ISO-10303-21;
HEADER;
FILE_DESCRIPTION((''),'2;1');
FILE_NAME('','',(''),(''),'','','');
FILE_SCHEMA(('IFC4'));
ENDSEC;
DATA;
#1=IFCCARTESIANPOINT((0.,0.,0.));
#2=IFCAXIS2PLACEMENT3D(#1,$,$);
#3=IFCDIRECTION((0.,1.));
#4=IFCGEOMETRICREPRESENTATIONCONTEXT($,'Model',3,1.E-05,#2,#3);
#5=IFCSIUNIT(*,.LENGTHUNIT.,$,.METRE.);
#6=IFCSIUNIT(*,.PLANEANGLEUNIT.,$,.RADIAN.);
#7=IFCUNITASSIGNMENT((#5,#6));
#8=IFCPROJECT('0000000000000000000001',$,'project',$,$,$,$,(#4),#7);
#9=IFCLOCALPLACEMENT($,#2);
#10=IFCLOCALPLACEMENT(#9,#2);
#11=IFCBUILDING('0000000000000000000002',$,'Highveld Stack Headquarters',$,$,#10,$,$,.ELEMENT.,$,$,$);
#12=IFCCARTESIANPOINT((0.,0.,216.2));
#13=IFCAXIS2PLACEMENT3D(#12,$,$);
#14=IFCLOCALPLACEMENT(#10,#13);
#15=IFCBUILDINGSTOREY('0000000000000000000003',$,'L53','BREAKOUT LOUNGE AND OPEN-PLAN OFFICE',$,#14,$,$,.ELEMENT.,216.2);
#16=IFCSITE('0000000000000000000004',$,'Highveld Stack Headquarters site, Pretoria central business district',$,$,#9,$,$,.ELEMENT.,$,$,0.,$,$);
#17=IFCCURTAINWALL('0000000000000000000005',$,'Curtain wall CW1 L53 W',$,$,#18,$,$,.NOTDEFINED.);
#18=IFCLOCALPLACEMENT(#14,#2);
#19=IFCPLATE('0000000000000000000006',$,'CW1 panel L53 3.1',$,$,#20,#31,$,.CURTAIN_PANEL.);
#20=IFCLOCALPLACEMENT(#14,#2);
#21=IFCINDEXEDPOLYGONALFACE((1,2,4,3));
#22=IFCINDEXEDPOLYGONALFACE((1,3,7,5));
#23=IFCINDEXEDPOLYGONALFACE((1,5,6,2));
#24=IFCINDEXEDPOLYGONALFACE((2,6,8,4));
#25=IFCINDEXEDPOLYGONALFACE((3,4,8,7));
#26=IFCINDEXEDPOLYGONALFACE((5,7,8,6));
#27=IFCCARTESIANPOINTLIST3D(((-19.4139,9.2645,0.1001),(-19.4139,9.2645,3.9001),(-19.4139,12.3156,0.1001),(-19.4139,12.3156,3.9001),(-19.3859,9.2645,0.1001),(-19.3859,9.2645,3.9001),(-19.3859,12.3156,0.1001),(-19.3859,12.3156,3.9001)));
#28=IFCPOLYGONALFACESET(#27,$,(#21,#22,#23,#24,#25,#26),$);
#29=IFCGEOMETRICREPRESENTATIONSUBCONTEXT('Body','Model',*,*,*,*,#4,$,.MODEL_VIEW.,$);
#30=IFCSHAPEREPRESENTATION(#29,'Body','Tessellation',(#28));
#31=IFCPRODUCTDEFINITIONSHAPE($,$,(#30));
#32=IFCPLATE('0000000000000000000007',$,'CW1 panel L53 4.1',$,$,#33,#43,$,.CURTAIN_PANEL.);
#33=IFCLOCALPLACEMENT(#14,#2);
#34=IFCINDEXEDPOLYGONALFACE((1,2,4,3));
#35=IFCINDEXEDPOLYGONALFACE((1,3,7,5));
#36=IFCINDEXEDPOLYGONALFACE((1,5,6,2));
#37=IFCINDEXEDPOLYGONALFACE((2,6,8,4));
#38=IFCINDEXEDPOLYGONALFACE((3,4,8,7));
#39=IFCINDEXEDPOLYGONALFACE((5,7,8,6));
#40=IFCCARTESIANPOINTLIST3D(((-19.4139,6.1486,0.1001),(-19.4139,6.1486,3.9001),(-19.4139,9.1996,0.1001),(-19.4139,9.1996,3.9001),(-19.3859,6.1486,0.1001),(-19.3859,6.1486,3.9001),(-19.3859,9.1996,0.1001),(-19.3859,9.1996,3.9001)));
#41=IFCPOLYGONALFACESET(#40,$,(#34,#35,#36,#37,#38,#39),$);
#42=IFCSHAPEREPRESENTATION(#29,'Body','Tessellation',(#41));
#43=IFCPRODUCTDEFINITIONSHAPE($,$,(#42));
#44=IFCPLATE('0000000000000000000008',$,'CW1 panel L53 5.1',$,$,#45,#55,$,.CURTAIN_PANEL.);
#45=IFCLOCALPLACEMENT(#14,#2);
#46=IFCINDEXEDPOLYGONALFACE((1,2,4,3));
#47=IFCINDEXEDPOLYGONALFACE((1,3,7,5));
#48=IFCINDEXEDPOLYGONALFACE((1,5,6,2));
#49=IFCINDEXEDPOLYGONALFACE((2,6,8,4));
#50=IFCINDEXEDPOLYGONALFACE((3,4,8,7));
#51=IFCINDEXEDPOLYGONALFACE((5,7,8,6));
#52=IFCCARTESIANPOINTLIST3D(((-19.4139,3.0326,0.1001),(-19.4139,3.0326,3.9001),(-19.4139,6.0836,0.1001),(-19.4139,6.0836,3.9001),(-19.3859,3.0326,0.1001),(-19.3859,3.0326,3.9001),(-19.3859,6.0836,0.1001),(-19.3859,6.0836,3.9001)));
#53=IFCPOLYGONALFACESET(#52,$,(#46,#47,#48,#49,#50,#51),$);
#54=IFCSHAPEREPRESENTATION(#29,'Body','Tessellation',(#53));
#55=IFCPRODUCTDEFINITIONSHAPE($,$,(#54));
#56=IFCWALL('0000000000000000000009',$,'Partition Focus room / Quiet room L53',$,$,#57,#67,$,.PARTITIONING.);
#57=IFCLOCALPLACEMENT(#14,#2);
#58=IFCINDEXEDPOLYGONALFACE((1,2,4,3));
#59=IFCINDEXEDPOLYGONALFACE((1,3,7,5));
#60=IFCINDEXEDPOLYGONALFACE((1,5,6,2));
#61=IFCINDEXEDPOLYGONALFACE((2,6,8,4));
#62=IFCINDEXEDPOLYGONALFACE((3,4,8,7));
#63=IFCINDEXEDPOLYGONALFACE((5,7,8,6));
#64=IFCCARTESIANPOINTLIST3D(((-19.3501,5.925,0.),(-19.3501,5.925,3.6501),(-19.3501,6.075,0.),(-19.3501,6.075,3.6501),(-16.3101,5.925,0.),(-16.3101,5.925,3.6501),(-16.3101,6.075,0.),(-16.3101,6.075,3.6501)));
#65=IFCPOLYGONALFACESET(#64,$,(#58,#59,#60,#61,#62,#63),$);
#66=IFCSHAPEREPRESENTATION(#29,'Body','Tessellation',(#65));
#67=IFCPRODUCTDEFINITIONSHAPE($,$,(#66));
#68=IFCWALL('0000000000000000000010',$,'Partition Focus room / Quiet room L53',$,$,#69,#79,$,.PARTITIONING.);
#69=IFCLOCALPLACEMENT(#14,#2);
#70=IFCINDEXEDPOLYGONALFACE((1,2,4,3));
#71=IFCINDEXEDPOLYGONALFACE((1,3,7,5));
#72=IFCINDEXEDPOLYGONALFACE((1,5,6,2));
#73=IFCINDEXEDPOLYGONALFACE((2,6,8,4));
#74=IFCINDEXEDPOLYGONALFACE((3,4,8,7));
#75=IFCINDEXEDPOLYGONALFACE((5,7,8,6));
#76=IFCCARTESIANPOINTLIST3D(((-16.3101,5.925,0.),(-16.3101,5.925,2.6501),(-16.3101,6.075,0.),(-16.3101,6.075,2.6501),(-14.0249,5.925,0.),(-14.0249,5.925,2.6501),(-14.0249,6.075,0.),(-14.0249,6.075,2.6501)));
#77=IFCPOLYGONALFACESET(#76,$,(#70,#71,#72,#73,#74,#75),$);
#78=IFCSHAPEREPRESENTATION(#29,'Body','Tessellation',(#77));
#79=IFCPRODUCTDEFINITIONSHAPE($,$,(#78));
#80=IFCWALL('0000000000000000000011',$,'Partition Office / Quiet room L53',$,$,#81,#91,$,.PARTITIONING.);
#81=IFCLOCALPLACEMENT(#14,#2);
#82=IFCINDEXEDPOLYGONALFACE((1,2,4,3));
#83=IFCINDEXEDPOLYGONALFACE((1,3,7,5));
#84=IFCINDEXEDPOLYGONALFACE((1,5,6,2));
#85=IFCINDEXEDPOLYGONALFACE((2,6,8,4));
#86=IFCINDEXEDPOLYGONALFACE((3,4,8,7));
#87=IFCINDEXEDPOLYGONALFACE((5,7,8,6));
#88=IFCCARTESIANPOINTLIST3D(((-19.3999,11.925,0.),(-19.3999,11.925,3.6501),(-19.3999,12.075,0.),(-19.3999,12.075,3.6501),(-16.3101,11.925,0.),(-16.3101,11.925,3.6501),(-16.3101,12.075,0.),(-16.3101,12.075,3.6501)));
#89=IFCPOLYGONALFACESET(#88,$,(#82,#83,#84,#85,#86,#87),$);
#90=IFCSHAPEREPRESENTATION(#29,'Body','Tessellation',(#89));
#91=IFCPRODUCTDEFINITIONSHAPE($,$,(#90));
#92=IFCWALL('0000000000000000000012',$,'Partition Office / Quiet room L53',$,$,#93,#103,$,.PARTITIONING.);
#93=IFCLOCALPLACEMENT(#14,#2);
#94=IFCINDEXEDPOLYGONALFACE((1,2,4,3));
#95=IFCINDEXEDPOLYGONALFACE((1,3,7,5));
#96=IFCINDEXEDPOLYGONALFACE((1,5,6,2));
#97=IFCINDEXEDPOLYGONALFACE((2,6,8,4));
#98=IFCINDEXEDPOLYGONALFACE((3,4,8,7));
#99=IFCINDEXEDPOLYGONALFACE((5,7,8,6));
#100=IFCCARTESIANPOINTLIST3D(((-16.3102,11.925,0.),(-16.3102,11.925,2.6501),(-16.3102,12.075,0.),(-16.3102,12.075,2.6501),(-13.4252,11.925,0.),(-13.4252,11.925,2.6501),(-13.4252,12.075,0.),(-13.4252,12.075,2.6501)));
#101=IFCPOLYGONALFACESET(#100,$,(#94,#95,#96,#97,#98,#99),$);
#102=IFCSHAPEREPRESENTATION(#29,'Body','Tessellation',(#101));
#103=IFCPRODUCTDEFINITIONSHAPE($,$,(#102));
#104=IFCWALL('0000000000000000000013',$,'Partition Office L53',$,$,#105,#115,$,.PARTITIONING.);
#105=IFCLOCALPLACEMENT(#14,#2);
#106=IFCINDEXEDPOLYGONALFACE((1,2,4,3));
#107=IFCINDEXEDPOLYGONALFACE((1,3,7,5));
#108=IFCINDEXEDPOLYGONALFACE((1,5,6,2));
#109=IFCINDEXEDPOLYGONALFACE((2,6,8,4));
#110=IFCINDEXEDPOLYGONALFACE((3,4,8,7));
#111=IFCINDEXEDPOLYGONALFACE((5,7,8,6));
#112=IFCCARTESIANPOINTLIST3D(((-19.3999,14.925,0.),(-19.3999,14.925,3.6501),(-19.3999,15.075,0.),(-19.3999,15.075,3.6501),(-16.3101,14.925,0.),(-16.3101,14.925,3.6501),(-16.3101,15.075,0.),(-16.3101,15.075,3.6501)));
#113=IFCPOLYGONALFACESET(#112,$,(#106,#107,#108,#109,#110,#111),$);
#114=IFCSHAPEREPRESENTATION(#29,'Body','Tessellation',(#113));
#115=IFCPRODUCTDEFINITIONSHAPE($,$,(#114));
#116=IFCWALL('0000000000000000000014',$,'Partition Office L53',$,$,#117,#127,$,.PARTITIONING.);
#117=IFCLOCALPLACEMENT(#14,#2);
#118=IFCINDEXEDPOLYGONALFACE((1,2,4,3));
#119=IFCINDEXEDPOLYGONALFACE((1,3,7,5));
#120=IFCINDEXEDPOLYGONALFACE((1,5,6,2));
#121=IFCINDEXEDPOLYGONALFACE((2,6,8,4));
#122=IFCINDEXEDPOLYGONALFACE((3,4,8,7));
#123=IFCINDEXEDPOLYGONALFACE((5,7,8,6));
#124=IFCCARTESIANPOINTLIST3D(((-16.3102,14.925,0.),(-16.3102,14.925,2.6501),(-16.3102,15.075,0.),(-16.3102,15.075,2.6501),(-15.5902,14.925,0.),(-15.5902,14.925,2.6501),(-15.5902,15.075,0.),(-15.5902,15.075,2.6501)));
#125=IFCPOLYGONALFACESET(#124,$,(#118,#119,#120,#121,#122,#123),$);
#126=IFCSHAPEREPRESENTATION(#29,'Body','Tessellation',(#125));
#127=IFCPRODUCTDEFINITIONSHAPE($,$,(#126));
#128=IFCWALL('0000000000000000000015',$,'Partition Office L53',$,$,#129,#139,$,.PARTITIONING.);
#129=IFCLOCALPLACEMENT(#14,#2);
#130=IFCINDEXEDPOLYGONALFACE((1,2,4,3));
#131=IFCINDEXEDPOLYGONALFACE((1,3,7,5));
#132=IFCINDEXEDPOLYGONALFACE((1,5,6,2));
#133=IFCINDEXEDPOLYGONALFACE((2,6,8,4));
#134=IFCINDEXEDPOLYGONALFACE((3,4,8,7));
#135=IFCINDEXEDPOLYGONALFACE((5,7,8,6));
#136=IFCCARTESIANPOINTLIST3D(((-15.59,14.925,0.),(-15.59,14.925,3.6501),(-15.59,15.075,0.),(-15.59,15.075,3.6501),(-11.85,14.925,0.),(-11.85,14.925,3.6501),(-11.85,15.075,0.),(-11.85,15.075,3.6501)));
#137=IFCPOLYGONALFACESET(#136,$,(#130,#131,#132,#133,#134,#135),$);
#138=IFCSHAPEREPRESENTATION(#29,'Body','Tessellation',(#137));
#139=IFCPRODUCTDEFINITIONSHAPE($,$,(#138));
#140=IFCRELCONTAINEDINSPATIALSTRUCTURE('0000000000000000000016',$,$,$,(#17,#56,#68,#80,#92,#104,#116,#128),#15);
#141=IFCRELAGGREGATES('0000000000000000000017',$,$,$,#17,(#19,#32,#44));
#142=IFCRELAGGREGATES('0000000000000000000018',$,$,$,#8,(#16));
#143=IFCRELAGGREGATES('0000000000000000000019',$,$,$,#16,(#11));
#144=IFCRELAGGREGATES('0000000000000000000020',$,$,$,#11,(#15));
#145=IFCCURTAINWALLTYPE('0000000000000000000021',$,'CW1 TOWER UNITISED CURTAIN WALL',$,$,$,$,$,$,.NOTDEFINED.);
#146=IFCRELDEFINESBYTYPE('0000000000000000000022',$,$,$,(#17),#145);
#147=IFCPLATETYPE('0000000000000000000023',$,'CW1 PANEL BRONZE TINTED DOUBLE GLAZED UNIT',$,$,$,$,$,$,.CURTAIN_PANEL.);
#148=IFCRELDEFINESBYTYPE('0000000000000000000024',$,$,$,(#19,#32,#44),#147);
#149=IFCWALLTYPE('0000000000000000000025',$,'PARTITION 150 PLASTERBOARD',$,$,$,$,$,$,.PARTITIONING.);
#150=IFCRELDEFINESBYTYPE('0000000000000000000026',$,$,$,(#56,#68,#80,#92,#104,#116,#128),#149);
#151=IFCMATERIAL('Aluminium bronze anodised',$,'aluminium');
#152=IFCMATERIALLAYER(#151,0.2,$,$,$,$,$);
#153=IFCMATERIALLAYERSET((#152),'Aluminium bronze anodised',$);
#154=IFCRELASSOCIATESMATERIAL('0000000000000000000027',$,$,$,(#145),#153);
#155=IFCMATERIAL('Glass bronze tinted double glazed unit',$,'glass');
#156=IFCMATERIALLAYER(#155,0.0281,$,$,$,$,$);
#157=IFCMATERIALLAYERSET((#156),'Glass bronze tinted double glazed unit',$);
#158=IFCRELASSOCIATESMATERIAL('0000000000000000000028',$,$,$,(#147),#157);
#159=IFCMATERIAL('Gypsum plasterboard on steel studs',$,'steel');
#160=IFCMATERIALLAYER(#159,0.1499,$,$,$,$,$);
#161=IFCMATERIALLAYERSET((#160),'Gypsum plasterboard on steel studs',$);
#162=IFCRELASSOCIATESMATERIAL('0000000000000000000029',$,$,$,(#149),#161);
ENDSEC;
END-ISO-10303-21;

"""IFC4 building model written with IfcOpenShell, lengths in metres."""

from ifc_helpers import new_model, si_unit, direction, frame, frame_2d, origin, origin_2d, place, context, subcontext, project, spatial, rectangle, extrude, material, layer, layer_set, type_object, element, aggregate, save


model = new_model("IFC4")

# Units and contexts
model_context = context("Model", 3, precision=1e-05, world=origin(), true_north=direction((0.0, 1.0)))
body_context = subcontext(model_context, "Body", "Model", "MODEL_VIEW")
ifc_project = project(units=[si_unit("LENGTHUNIT", "METRE"), si_unit("PLANEANGLEUNIT", "RADIAN")], contexts=[model_context])

# Site, building, storey
site_placement = place(None, origin())
site = spatial("IfcSite", under=ifc_project, at=site_placement, Name="Highveld Stack Headquarters site, Pretoria central business district", CompositionType="ELEMENT", RefElevation=0.0)
building_placement = place(site_placement, origin())
building = spatial("IfcBuilding", under=site, at=building_placement, Name="Highveld Stack Headquarters", CompositionType="ELEMENT")
storey_placement = place(building_placement, frame((0.0, 0.0, 216.2)))
storey = spatial("IfcBuildingStorey", under=building, at=storey_placement, Name="L53", Description="BREAKOUT LOUNGE AND OPEN-PLAN OFFICE", CompositionType="ELEMENT", Elevation=216.2)

# Curtain wall
ifc_material_1 = material(Name="Aluminium bronze anodised", Category="aluminium")
ifc_layer_1 = layer(ifc_material_1, 0.2)
ifc_layer_set_1 = layer_set([ifc_layer_1], Name="Aluminium bronze anodised")
curtain_wall_type = type_object("IfcCurtainWallType", Name="CW1 TOWER UNITISED CURTAIN WALL", PredefinedType="NOTDEFINED", material=ifc_layer_set_1)
curtain_wall_placement = place(storey_placement, origin())
curtain_wall = element("IfcCurtainWall", 1, at=curtain_wall_placement, inside=storey, type_object=curtain_wall_type, Name="Curtain wall CW1 L53 W", PredefinedType="NOTDEFINED")

# Plates
ifc_material_2 = material(Name="Glass bronze tinted double glazed unit", Category="glass")
ifc_layer_2 = layer(ifc_material_2, 0.0281)
ifc_layer_set_2 = layer_set([ifc_layer_2], Name="Glass bronze tinted double glazed unit")
plate_type = type_object("IfcPlateType", Name="CW1 PANEL BRONZE TINTED DOUBLE GLAZED UNIT", PredefinedType="CURTAIN_PANEL", material=ifc_layer_set_2)
plate_1_placement = place(storey_placement, frame((-19.3999, 10.79, 0.1001), z_axis=(0.0, 0.0, 1.0), x_axis=(0.0, -1.0, 0.0)))
plate_1 = element("IfcPlate", 2, at=plate_1_placement, type_object=plate_type, Name="CW1 panel L53 3.1", PredefinedType="CURTAIN_PANEL", context=body_context, shape_type="SweptSolid", body=[
    extrude(rectangle(XDim=3.051, YDim=0.0281, at=origin_2d()), origin(), (0.0, 0.0, 1.0), 3.8),
])
plate_2_placement = place(storey_placement, frame((-19.3999, 7.6741, 0.1001), z_axis=(0.0, 0.0, 1.0), x_axis=(0.0, -1.0, 0.0)))
plate_2 = element("IfcPlate", 3, at=plate_2_placement, type_object=plate_type, Name="CW1 panel L53 4.1", PredefinedType="CURTAIN_PANEL", context=body_context, shape_type="SweptSolid", body=[
    extrude(rectangle(XDim=3.051, YDim=0.0281, at=origin_2d()), origin(), (0.0, 0.0, 1.0), 3.8),
])
plate_3_placement = place(storey_placement, frame((-19.3999, 4.5581, 0.1001), z_axis=(0.0, 0.0, 1.0), x_axis=(0.0, -1.0, 0.0)))
plate_3 = element("IfcPlate", 4, at=plate_3_placement, type_object=plate_type, Name="CW1 panel L53 5.1", PredefinedType="CURTAIN_PANEL", context=body_context, shape_type="SweptSolid", body=[
    extrude(rectangle(XDim=3.051, YDim=0.0281, at=origin_2d()), origin(), (0.0, 0.0, 1.0), 3.8),
])
aggregate(curtain_wall, [plate_1, plate_2, plate_3])

# Walls
ifc_material_3 = material(Name="Gypsum plasterboard on steel studs", Category="steel")
ifc_layer_3 = layer(ifc_material_3, 0.1499)
ifc_layer_set_3 = layer_set([ifc_layer_3], Name="Gypsum plasterboard on steel studs")
wall_type = type_object("IfcWallType", Name="PARTITION 150 PLASTERBOARD", PredefinedType="PARTITIONING", material=ifc_layer_set_3)
wall_1_placement = place(storey_placement, frame((-19.3501, 6.0, 0.0), z_axis=(0.0, 0.0, 1.0), x_axis=(1.0, 0.0, 0.0)))
element("IfcWall", 5, at=wall_1_placement, inside=storey, type_object=wall_type, Name="Partition Focus room / Quiet room L53", PredefinedType="PARTITIONING", context=body_context, shape_type="SweptSolid", body=[
    extrude(rectangle(XDim=3.04, YDim=0.1499, at=frame_2d((1.52, 0.0))), origin(), (0.0, 0.0, 1.0), 3.6501),
])
wall_2_placement = place(storey_placement, frame((-16.3101, 6.0, 0.0), z_axis=(0.0, 0.0, 1.0), x_axis=(1.0, 0.0, 0.0)))
element("IfcWall", 6, at=wall_2_placement, inside=storey, type_object=wall_type, Name="Partition Focus room / Quiet room L53", PredefinedType="PARTITIONING", context=body_context, shape_type="SweptSolid", body=[
    extrude(rectangle(XDim=2.2852, YDim=0.1499, at=frame_2d((1.1426, 0.0))), origin(), (0.0, 0.0, 1.0), 2.6501),
])
wall_3_placement = place(storey_placement, frame((-19.3999, 12.0, 0.0), z_axis=(0.0, 0.0, 1.0), x_axis=(1.0, 0.0, 0.0)))
element("IfcWall", 7, at=wall_3_placement, inside=storey, type_object=wall_type, Name="Partition Office / Quiet room L53", PredefinedType="PARTITIONING", context=body_context, shape_type="SweptSolid", body=[
    extrude(rectangle(XDim=3.0898, YDim=0.1499, at=frame_2d((1.5449, 0.0))), origin(), (0.0, 0.0, 1.0), 3.6501),
])
wall_4_placement = place(storey_placement, frame((-16.3101, 12.0, 0.0), z_axis=(0.0, 0.0, 1.0), x_axis=(1.0, 0.0, 0.0)))
element("IfcWall", 8, at=wall_4_placement, inside=storey, type_object=wall_type, Name="Partition Office / Quiet room L53", PredefinedType="PARTITIONING", context=body_context, shape_type="SweptSolid", body=[
    extrude(rectangle(XDim=2.885, YDim=0.1499, at=frame_2d((1.4424, 0.0))), origin(), (0.0, 0.0, 1.0), 2.6501),
])
wall_5_placement = place(storey_placement, frame((-19.3999, 15.0, 0.0), z_axis=(0.0, 0.0, 1.0), x_axis=(1.0, 0.0, 0.0)))
element("IfcWall", 9, at=wall_5_placement, inside=storey, type_object=wall_type, Name="Partition Office L53", PredefinedType="PARTITIONING", context=body_context, shape_type="SweptSolid", body=[
    extrude(rectangle(XDim=3.0898, YDim=0.1499, at=frame_2d((1.5449, 0.0))), origin(), (0.0, 0.0, 1.0), 3.6501),
])
wall_6_placement = place(storey_placement, frame((-16.3101, 15.0, 0.0), z_axis=(0.0, 0.0, 1.0), x_axis=(1.0, 0.0, 0.0)))
element("IfcWall", 10, at=wall_6_placement, inside=storey, type_object=wall_type, Name="Partition Office L53", PredefinedType="PARTITIONING", context=body_context, shape_type="SweptSolid", body=[
    extrude(rectangle(XDim=0.72, YDim=0.1499, at=frame_2d((0.3599, 0.0))), origin(), (0.0, 0.0, 1.0), 2.6501),
])
wall_7_placement = place(storey_placement, frame((-15.5901, 15.0, 0.0), z_axis=(0.0, 0.0, 1.0), x_axis=(1.0, 0.0, 0.0)))
element("IfcWall", 11, at=wall_7_placement, inside=storey, type_object=wall_type, Name="Partition Office L53", PredefinedType="PARTITIONING", context=body_context, shape_type="SweptSolid", body=[
    extrude(rectangle(XDim=3.74, YDim=0.1499, at=frame_2d((1.8701, 0.0))), origin(), (0.0, 0.0, 1.0), 3.6501),
])

save(model, "model.ifc")
